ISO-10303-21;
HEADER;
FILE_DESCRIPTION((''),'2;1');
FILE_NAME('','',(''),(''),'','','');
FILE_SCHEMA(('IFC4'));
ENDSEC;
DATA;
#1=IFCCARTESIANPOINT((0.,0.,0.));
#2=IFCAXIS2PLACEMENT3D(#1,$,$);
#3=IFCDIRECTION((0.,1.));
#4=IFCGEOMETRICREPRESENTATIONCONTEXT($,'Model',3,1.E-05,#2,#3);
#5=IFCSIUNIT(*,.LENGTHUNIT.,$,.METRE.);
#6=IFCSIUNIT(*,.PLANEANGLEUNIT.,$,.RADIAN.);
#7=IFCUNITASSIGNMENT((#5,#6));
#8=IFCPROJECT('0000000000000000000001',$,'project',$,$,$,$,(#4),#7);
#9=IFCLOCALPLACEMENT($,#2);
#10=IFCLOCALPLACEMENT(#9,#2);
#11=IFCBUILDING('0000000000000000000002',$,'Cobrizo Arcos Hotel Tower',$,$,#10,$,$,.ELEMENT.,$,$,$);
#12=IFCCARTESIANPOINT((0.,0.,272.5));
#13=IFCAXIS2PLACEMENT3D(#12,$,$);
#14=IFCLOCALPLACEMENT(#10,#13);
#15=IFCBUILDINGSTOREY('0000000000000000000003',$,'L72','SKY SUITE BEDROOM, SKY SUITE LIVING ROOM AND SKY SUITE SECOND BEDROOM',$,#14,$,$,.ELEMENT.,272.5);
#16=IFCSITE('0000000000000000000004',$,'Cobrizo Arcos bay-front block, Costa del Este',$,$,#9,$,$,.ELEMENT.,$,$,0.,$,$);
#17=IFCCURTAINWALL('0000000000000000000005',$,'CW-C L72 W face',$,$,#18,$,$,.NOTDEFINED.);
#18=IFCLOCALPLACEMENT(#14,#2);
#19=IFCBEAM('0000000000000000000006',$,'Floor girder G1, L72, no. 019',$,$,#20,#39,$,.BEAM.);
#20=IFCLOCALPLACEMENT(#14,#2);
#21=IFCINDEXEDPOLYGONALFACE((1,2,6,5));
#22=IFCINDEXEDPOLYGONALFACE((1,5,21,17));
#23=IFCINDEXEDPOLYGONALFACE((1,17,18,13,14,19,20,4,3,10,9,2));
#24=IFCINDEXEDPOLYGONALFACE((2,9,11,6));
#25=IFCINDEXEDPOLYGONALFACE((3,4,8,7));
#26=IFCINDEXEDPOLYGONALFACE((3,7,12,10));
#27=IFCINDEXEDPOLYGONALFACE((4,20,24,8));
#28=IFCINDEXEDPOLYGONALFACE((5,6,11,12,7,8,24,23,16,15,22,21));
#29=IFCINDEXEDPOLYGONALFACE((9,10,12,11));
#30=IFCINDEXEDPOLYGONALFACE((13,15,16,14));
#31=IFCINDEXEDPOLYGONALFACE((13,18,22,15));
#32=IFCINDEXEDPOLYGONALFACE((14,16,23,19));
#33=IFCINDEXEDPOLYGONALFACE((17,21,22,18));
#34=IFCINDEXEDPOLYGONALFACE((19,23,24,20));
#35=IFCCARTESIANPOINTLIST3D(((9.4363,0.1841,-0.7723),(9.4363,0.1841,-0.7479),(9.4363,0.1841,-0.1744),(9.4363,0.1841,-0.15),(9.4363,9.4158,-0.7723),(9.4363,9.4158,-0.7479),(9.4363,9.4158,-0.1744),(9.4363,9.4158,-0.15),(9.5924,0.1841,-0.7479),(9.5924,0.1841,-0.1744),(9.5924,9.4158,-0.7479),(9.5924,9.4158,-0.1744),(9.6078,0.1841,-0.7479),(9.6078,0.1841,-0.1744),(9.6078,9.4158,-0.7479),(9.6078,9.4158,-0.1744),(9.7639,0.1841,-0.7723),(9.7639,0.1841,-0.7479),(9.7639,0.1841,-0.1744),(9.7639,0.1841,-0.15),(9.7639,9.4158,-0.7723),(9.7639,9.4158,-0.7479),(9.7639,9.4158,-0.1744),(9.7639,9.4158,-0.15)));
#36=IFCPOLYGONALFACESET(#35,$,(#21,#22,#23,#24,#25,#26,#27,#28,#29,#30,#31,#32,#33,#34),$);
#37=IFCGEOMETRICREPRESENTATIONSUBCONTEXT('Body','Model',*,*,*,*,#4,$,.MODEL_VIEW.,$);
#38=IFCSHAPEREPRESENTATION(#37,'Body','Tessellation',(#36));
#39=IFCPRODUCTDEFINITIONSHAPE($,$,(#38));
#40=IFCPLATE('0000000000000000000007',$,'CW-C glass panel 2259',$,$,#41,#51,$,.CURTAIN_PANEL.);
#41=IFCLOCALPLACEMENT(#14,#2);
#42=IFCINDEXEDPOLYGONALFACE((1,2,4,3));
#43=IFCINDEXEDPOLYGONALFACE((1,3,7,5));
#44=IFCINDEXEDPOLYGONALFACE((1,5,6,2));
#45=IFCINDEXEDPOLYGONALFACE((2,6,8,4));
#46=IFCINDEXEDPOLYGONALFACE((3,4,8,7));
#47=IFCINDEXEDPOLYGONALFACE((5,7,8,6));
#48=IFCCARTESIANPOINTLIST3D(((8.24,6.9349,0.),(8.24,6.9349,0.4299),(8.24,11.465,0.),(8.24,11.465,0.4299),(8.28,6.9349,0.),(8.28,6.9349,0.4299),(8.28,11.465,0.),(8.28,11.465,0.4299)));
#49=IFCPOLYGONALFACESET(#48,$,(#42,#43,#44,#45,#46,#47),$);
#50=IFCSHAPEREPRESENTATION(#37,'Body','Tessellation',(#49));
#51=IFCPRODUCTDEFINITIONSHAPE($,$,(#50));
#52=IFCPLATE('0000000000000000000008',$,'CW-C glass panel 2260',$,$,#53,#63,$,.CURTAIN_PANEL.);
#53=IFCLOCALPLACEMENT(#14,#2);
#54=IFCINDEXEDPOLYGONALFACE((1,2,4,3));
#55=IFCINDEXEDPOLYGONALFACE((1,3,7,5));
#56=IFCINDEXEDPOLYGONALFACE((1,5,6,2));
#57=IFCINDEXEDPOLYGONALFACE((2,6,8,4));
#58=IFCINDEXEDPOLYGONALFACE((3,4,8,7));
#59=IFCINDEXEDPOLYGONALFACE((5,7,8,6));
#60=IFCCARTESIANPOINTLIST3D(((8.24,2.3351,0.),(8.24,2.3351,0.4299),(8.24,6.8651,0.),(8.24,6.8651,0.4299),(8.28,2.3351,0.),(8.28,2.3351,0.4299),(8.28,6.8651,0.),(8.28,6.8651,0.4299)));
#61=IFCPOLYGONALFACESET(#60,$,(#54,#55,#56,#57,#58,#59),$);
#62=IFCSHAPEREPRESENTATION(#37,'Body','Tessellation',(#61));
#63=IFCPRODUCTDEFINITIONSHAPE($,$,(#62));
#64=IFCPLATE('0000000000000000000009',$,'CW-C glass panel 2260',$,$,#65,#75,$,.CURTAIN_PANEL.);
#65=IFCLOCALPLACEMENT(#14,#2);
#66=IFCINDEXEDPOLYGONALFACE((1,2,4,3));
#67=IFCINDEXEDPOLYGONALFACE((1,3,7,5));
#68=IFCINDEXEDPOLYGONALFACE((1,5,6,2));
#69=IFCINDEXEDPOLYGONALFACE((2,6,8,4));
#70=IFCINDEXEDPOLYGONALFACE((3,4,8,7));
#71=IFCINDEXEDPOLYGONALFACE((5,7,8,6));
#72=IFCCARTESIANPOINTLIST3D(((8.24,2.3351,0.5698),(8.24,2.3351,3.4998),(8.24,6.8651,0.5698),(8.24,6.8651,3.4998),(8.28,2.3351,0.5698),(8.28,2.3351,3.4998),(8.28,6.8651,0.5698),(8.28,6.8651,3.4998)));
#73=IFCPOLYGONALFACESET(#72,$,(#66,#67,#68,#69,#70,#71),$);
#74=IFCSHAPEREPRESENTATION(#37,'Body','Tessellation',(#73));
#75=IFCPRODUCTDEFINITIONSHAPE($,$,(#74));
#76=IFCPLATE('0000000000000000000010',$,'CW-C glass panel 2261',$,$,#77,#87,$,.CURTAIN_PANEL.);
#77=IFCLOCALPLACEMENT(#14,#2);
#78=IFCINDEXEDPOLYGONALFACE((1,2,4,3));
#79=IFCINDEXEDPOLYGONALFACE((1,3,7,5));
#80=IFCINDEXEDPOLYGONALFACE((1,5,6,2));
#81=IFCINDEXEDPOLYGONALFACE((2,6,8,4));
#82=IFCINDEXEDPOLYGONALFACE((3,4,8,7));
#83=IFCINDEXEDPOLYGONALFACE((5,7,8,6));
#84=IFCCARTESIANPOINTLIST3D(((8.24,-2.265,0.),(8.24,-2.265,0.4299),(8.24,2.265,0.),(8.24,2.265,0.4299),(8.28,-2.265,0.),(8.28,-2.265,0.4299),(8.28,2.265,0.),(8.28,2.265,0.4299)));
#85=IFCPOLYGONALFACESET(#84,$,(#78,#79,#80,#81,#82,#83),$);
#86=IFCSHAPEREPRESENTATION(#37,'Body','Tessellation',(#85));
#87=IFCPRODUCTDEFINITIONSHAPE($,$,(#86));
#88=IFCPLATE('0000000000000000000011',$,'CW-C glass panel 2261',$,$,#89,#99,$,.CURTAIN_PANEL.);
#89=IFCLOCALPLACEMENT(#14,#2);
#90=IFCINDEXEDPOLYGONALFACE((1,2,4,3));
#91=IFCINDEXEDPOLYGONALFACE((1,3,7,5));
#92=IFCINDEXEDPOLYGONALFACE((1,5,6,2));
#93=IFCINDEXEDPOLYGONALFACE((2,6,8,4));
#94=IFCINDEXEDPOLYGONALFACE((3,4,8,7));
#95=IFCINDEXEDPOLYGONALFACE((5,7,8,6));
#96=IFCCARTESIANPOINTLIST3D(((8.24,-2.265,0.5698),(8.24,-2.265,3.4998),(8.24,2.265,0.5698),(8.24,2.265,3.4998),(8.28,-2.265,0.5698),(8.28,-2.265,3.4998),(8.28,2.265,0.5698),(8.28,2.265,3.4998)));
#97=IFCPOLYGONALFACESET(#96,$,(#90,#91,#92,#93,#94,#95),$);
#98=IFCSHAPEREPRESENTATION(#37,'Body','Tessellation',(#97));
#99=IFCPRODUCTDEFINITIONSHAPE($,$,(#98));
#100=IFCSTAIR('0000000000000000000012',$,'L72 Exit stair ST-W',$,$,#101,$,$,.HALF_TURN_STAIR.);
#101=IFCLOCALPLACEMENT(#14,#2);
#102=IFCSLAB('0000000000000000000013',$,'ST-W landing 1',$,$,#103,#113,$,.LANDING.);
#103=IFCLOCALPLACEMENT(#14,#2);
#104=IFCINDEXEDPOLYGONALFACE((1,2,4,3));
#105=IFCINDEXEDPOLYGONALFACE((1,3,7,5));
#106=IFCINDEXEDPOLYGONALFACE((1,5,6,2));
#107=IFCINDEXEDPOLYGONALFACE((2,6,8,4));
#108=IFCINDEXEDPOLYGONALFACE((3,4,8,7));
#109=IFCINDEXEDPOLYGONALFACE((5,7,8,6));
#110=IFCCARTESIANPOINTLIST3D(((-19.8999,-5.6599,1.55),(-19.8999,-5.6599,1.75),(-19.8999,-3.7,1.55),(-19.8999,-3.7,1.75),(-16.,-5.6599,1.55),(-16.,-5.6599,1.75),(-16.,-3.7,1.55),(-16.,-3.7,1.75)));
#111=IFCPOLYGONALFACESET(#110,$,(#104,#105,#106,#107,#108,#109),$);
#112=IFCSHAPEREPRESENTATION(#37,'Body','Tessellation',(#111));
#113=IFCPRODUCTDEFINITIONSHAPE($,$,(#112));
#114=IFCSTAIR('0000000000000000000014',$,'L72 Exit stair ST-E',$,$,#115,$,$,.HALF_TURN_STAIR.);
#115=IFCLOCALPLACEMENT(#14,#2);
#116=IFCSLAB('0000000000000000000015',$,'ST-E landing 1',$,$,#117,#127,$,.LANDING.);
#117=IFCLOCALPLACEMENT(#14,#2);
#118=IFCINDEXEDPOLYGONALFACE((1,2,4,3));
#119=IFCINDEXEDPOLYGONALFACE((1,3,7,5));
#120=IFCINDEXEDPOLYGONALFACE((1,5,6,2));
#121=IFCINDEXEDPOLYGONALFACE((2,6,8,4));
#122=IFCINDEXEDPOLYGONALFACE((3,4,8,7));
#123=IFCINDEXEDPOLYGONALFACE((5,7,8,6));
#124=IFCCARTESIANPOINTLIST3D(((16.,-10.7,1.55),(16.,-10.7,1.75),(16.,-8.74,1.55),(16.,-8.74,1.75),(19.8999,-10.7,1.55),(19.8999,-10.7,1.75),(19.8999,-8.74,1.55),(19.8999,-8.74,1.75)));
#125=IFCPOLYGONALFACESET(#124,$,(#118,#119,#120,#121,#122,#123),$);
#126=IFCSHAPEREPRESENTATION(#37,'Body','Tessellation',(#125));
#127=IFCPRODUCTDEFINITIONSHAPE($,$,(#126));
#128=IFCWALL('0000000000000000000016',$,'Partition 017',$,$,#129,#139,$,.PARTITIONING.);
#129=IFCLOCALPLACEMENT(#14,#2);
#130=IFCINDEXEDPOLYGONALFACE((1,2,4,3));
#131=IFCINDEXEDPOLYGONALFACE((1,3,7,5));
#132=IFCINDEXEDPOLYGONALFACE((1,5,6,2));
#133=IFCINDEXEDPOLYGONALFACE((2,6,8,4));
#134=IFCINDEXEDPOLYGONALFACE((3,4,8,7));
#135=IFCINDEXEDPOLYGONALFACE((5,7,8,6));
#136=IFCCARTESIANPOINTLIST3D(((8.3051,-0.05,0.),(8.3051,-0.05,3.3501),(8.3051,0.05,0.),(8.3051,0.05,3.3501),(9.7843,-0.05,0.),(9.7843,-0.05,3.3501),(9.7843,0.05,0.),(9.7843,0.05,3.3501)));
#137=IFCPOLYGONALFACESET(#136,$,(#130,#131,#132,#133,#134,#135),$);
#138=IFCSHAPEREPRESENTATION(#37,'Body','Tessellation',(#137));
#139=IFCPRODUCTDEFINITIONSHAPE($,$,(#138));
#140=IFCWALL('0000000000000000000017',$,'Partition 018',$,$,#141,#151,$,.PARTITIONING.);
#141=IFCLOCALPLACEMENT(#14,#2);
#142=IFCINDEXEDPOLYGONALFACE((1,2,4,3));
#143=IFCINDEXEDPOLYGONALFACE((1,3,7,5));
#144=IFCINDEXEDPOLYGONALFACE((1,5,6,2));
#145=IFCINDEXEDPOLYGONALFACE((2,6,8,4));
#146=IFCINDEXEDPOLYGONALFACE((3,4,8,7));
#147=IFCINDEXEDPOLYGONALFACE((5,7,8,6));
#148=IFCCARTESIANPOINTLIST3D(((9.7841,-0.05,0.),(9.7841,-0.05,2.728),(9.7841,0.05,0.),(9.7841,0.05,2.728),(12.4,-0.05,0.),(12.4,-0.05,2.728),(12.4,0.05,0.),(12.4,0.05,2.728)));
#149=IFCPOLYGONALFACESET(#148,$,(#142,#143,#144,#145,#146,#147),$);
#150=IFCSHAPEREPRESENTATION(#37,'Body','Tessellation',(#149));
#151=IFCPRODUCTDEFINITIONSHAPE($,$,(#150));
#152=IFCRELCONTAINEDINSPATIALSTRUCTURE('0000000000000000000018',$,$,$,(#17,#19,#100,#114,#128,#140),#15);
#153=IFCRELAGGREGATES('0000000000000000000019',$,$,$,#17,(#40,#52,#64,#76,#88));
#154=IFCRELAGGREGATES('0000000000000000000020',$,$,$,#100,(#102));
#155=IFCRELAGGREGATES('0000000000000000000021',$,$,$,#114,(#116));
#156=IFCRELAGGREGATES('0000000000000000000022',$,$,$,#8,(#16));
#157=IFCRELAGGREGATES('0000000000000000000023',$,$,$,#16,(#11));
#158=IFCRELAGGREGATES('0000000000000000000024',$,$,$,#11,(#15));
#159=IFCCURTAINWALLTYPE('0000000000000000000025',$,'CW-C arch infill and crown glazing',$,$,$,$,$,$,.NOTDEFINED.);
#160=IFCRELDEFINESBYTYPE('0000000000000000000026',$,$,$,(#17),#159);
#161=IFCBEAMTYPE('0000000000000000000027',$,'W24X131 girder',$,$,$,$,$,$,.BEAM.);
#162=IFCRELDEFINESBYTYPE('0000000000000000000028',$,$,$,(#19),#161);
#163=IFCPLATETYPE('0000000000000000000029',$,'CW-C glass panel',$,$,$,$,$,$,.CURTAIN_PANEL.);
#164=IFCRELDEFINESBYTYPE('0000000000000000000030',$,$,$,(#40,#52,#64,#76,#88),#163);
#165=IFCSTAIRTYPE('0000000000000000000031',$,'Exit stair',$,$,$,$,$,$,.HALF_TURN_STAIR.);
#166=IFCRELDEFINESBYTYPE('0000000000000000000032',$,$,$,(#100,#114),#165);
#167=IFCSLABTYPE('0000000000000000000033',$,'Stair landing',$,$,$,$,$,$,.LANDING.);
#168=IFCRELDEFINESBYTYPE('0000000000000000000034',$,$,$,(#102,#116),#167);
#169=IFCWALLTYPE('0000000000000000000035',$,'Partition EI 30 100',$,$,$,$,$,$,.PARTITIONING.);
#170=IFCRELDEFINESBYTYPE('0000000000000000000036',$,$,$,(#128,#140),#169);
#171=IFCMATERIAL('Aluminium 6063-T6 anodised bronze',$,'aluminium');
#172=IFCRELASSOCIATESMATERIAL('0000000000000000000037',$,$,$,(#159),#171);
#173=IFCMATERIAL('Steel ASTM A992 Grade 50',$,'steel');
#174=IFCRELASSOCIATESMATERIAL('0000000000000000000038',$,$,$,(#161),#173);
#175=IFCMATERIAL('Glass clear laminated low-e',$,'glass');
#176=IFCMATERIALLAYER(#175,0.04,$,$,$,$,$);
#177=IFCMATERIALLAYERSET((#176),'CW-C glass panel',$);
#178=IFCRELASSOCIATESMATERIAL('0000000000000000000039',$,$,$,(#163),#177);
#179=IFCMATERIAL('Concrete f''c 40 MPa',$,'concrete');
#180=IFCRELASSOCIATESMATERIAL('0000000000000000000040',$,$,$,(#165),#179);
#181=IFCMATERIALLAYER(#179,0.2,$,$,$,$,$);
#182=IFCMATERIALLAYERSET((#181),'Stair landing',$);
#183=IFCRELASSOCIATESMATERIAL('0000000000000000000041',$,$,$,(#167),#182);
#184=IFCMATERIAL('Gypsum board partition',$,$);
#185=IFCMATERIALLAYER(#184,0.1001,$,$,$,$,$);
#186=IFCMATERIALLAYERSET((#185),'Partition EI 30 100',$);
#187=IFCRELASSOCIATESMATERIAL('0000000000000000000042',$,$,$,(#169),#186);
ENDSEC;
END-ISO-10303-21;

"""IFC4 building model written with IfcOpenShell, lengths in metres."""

from ifc_helpers import new_model, si_unit, direction, frame, frame_2d, origin, origin_2d, place, context, subcontext, project, spatial, polyline, rectangle, i_section, outline, extrude, material, layer, layer_set, material_profile, profile_set, type_object, element, aggregate, save


model = new_model("IFC4")

# Units and contexts
model_context = context("Model", 3, precision=1e-05, world=origin(), true_north=direction((0.0, 1.0)))
body_context = subcontext(model_context, "Body", "Model", "MODEL_VIEW")
ifc_project = project(units=[si_unit("LENGTHUNIT", "METRE"), si_unit("PLANEANGLEUNIT", "RADIAN")], contexts=[model_context])

# Site, building, storey
site_placement = place(None, origin())
site = spatial("IfcSite", under=ifc_project, at=site_placement, Name="Cobrizo Arcos bay-front block, Costa del Este", CompositionType="ELEMENT", RefElevation=0.0)
building_placement = place(site_placement, origin())
building = spatial("IfcBuilding", under=site, at=building_placement, Name="Cobrizo Arcos Hotel Tower", CompositionType="ELEMENT")
storey_placement = place(building_placement, frame((0.0, 0.0, 272.5)))
storey = spatial("IfcBuildingStorey", under=building, at=storey_placement, Name="L72", Description="SKY SUITE BEDROOM, SKY SUITE LIVING ROOM AND SKY SUITE SECOND BEDROOM", CompositionType="ELEMENT", Elevation=272.5)

# Shared definitions
ifc_material_1 = material(Name="Steel ASTM A992 Grade 50", Category="steel")

# Curtain wall
ifc_material_2 = material(Name="Aluminium 6063-T6 anodised bronze", Category="aluminium")
curtain_wall_type = type_object("IfcCurtainWallType", Name="CW-C arch infill and crown glazing", PredefinedType="NOTDEFINED", material=ifc_material_2)
curtain_wall_placement = place(storey_placement, origin())
curtain_wall = element("IfcCurtainWall", 1, at=curtain_wall_placement, inside=storey, type_object=curtain_wall_type, Name="CW-C L72 W face", PredefinedType="NOTDEFINED")

# Beam
ifc_material_profile_1 = material_profile(ifc_material_1, i_section(OverallWidth=0.3276, OverallDepth=0.6223, WebThickness=0.0154, FlangeThickness=0.0244, at=origin_2d()), Name="W24X131")
ifc_profile_set_1 = profile_set([ifc_material_profile_1], Name="Steel ASTM A992 Grade 50")
beam_type_1 = type_object("IfcBeamType", Name="W24X131 girder", PredefinedType="BEAM", material=ifc_profile_set_1)
beam_1_placement = place(storey_placement, frame((9.6001, 0.1841, -0.4612), z_axis=(0.0, 1.0, 0.0), x_axis=(-1.0, 0.0, 0.0)))
element("IfcBeam", 2, at=beam_1_placement, inside=storey, type_object=beam_type_1, Name="Floor girder G1, L72, no. 019", PredefinedType="BEAM", context=body_context, shape_type="SweptSolid", body=[
    extrude(i_section(OverallWidth=0.3276, OverallDepth=0.6223, WebThickness=0.0154, FlangeThickness=0.0244, at=origin_2d()), origin(), (0.0, 0.0, 1.0), 9.2317),
])

# Plates
ifc_material_3 = material(Name="Glass clear laminated low-e", Category="glass")
ifc_layer_1 = layer(ifc_material_3, 0.04)
ifc_layer_set_1 = layer_set([ifc_layer_1], Name="CW-C glass panel")
plate_type = type_object("IfcPlateType", Name="CW-C glass panel", PredefinedType="CURTAIN_PANEL", material=ifc_layer_set_1)
plate_1_placement = place(storey_placement, frame((8.26, 9.2, 0.0), z_axis=(0.0, 0.0, 1.0), x_axis=(0.0, -1.0, 0.0)))
plate_1 = element("IfcPlate", 3, at=plate_1_placement, type_object=plate_type, Name="CW-C glass panel 2259", PredefinedType="CURTAIN_PANEL", context=body_context, shape_type="SweptSolid", body=[
    extrude(rectangle(XDim=4.53, YDim=0.04, at=origin_2d()), origin(), (0.0, 0.0, 1.0), 0.4299),
])
plate_2_placement = place(storey_placement, frame((8.26, 4.6001, 0.0), z_axis=(0.0, 0.0, 1.0), x_axis=(0.0, -1.0, 0.0)))
plate_2 = element("IfcPlate", 4, at=plate_2_placement, type_object=plate_type, Name="CW-C glass panel 2260", PredefinedType="CURTAIN_PANEL", context=body_context, shape_type="SweptSolid", body=[
    extrude(rectangle(XDim=4.53, YDim=0.04, at=origin_2d()), origin(), (0.0, 0.0, 1.0), 0.4299),
])
plate_3_placement = place(storey_placement, frame((8.26, 4.6001, 0.5698), z_axis=(0.0, 0.0, 1.0), x_axis=(0.0, -1.0, 0.0)))
plate_3 = element("IfcPlate", 5, at=plate_3_placement, type_object=plate_type, Name="CW-C glass panel 2260", PredefinedType="CURTAIN_PANEL", context=body_context, shape_type="SweptSolid", body=[
    extrude(rectangle(XDim=4.53, YDim=0.04, at=origin_2d()), origin(), (0.0, 0.0, 1.0), 2.9299),
])
plate_4_placement = place(storey_placement, frame((8.26, 0.0, 0.0), z_axis=(0.0, 0.0, 1.0), x_axis=(0.0, -1.0, 0.0)))
plate_4 = element("IfcPlate", 6, at=plate_4_placement, type_object=plate_type, Name="CW-C glass panel 2261", PredefinedType="CURTAIN_PANEL", context=body_context, shape_type="SweptSolid", body=[
    extrude(rectangle(XDim=4.53, YDim=0.04, at=origin_2d()), origin(), (0.0, 0.0, 1.0), 0.4299),
])
plate_5_placement = place(storey_placement, frame((8.26, 0.0, 0.5698), z_axis=(0.0, 0.0, 1.0), x_axis=(0.0, -1.0, 0.0)))
plate_5 = element("IfcPlate", 7, at=plate_5_placement, type_object=plate_type, Name="CW-C glass panel 2261", PredefinedType="CURTAIN_PANEL", context=body_context, shape_type="SweptSolid", body=[
    extrude(rectangle(XDim=4.53, YDim=0.04, at=origin_2d()), origin(), (0.0, 0.0, 1.0), 2.9299),
])
aggregate(curtain_wall, [plate_1, plate_2, plate_3, plate_4, plate_5])

# Stairs, slabs
ifc_material_4 = material(Name="Concrete f'c 40 MPa", Category="concrete")
stair_type = type_object("IfcStairType", Name="Exit stair", PredefinedType="HALF_TURN_STAIR", material=ifc_material_4)
stair_1_placement = place(storey_placement, origin())
stair_1 = element("IfcStair", 8, at=stair_1_placement, inside=storey, type_object=stair_type, Name="L72 Exit stair ST-W", PredefinedType="HALF_TURN_STAIR")
ifc_layer_2 = layer(ifc_material_4, 0.2)
ifc_layer_set_2 = layer_set([ifc_layer_2], Name="Stair landing")
slab_type = type_object("IfcSlabType", Name="Stair landing", PredefinedType="LANDING", material=ifc_layer_set_2)
slab_1_placement = place(storey_placement, frame((0.0, 0.0, 1.55)))
slab_1 = element("IfcSlab", 9, at=slab_1_placement, type_object=slab_type, Name="ST-W landing 1", PredefinedType="LANDING", context=body_context, shape_type="SweptSolid", body=[
    extrude(outline(polyline([(-16.0, -5.6599), (-16.0, -3.7), (-19.8999, -3.7), (-19.8999, -5.6599), (-16.0, -5.6599)])), origin(), (0.0, 0.0, 1.0), 0.2),
])
aggregate(stair_1, [slab_1])
stair_2_placement = place(storey_placement, origin())
stair_2 = element("IfcStair", 10, at=stair_2_placement, inside=storey, type_object=stair_type, Name="L72 Exit stair ST-E", PredefinedType="HALF_TURN_STAIR")
slab_2_placement = place(storey_placement, frame((0.0, 0.0, 1.55)))
slab_2 = element("IfcSlab", 11, at=slab_2_placement, type_object=slab_type, Name="ST-E landing 1", PredefinedType="LANDING", context=body_context, shape_type="SweptSolid", body=[
    extrude(outline(polyline([(16.0, -8.74), (16.0, -10.7), (19.8999, -10.7), (19.8999, -8.74), (16.0, -8.74)])), origin(), (0.0, 0.0, 1.0), 0.2),
])
aggregate(stair_2, [slab_2])

# Walls
ifc_material_5 = material(Name="Gypsum board partition")
ifc_layer_3 = layer(ifc_material_5, 0.1001)
ifc_layer_set_3 = layer_set([ifc_layer_3], Name="Partition EI 30 100")
wall_type = type_object("IfcWallType", Name="Partition EI 30 100", PredefinedType="PARTITIONING", material=ifc_layer_set_3)
wall_1_placement = place(storey_placement, frame((8.3049, 0.0, 0.0), z_axis=(0.0, 0.0, 1.0), x_axis=(1.0, 0.0, 0.0)))
element("IfcWall", 12, at=wall_1_placement, inside=storey, type_object=wall_type, Name="Partition 017", PredefinedType="PARTITIONING", context=body_context, shape_type="SweptSolid", body=[
    extrude(rectangle(XDim=1.4792, YDim=0.1001, at=frame_2d((0.7397, 0.0))), origin(), (0.0, 0.0, 1.0), 3.3501),
])
wall_2_placement = place(storey_placement, frame((9.7839, 0.0, 0.0), z_axis=(0.0, 0.0, 1.0), x_axis=(1.0, 0.0, 0.0)))
element("IfcWall", 13, at=wall_2_placement, inside=storey, type_object=wall_type, Name="Partition 018", PredefinedType="PARTITIONING", context=body_context, shape_type="SweptSolid", body=[
    extrude(rectangle(XDim=2.616, YDim=0.1001, at=frame_2d((1.3081, 0.0))), origin(), (0.0, 0.0, 1.0), 2.728),
])

save(model, "model.ifc")
